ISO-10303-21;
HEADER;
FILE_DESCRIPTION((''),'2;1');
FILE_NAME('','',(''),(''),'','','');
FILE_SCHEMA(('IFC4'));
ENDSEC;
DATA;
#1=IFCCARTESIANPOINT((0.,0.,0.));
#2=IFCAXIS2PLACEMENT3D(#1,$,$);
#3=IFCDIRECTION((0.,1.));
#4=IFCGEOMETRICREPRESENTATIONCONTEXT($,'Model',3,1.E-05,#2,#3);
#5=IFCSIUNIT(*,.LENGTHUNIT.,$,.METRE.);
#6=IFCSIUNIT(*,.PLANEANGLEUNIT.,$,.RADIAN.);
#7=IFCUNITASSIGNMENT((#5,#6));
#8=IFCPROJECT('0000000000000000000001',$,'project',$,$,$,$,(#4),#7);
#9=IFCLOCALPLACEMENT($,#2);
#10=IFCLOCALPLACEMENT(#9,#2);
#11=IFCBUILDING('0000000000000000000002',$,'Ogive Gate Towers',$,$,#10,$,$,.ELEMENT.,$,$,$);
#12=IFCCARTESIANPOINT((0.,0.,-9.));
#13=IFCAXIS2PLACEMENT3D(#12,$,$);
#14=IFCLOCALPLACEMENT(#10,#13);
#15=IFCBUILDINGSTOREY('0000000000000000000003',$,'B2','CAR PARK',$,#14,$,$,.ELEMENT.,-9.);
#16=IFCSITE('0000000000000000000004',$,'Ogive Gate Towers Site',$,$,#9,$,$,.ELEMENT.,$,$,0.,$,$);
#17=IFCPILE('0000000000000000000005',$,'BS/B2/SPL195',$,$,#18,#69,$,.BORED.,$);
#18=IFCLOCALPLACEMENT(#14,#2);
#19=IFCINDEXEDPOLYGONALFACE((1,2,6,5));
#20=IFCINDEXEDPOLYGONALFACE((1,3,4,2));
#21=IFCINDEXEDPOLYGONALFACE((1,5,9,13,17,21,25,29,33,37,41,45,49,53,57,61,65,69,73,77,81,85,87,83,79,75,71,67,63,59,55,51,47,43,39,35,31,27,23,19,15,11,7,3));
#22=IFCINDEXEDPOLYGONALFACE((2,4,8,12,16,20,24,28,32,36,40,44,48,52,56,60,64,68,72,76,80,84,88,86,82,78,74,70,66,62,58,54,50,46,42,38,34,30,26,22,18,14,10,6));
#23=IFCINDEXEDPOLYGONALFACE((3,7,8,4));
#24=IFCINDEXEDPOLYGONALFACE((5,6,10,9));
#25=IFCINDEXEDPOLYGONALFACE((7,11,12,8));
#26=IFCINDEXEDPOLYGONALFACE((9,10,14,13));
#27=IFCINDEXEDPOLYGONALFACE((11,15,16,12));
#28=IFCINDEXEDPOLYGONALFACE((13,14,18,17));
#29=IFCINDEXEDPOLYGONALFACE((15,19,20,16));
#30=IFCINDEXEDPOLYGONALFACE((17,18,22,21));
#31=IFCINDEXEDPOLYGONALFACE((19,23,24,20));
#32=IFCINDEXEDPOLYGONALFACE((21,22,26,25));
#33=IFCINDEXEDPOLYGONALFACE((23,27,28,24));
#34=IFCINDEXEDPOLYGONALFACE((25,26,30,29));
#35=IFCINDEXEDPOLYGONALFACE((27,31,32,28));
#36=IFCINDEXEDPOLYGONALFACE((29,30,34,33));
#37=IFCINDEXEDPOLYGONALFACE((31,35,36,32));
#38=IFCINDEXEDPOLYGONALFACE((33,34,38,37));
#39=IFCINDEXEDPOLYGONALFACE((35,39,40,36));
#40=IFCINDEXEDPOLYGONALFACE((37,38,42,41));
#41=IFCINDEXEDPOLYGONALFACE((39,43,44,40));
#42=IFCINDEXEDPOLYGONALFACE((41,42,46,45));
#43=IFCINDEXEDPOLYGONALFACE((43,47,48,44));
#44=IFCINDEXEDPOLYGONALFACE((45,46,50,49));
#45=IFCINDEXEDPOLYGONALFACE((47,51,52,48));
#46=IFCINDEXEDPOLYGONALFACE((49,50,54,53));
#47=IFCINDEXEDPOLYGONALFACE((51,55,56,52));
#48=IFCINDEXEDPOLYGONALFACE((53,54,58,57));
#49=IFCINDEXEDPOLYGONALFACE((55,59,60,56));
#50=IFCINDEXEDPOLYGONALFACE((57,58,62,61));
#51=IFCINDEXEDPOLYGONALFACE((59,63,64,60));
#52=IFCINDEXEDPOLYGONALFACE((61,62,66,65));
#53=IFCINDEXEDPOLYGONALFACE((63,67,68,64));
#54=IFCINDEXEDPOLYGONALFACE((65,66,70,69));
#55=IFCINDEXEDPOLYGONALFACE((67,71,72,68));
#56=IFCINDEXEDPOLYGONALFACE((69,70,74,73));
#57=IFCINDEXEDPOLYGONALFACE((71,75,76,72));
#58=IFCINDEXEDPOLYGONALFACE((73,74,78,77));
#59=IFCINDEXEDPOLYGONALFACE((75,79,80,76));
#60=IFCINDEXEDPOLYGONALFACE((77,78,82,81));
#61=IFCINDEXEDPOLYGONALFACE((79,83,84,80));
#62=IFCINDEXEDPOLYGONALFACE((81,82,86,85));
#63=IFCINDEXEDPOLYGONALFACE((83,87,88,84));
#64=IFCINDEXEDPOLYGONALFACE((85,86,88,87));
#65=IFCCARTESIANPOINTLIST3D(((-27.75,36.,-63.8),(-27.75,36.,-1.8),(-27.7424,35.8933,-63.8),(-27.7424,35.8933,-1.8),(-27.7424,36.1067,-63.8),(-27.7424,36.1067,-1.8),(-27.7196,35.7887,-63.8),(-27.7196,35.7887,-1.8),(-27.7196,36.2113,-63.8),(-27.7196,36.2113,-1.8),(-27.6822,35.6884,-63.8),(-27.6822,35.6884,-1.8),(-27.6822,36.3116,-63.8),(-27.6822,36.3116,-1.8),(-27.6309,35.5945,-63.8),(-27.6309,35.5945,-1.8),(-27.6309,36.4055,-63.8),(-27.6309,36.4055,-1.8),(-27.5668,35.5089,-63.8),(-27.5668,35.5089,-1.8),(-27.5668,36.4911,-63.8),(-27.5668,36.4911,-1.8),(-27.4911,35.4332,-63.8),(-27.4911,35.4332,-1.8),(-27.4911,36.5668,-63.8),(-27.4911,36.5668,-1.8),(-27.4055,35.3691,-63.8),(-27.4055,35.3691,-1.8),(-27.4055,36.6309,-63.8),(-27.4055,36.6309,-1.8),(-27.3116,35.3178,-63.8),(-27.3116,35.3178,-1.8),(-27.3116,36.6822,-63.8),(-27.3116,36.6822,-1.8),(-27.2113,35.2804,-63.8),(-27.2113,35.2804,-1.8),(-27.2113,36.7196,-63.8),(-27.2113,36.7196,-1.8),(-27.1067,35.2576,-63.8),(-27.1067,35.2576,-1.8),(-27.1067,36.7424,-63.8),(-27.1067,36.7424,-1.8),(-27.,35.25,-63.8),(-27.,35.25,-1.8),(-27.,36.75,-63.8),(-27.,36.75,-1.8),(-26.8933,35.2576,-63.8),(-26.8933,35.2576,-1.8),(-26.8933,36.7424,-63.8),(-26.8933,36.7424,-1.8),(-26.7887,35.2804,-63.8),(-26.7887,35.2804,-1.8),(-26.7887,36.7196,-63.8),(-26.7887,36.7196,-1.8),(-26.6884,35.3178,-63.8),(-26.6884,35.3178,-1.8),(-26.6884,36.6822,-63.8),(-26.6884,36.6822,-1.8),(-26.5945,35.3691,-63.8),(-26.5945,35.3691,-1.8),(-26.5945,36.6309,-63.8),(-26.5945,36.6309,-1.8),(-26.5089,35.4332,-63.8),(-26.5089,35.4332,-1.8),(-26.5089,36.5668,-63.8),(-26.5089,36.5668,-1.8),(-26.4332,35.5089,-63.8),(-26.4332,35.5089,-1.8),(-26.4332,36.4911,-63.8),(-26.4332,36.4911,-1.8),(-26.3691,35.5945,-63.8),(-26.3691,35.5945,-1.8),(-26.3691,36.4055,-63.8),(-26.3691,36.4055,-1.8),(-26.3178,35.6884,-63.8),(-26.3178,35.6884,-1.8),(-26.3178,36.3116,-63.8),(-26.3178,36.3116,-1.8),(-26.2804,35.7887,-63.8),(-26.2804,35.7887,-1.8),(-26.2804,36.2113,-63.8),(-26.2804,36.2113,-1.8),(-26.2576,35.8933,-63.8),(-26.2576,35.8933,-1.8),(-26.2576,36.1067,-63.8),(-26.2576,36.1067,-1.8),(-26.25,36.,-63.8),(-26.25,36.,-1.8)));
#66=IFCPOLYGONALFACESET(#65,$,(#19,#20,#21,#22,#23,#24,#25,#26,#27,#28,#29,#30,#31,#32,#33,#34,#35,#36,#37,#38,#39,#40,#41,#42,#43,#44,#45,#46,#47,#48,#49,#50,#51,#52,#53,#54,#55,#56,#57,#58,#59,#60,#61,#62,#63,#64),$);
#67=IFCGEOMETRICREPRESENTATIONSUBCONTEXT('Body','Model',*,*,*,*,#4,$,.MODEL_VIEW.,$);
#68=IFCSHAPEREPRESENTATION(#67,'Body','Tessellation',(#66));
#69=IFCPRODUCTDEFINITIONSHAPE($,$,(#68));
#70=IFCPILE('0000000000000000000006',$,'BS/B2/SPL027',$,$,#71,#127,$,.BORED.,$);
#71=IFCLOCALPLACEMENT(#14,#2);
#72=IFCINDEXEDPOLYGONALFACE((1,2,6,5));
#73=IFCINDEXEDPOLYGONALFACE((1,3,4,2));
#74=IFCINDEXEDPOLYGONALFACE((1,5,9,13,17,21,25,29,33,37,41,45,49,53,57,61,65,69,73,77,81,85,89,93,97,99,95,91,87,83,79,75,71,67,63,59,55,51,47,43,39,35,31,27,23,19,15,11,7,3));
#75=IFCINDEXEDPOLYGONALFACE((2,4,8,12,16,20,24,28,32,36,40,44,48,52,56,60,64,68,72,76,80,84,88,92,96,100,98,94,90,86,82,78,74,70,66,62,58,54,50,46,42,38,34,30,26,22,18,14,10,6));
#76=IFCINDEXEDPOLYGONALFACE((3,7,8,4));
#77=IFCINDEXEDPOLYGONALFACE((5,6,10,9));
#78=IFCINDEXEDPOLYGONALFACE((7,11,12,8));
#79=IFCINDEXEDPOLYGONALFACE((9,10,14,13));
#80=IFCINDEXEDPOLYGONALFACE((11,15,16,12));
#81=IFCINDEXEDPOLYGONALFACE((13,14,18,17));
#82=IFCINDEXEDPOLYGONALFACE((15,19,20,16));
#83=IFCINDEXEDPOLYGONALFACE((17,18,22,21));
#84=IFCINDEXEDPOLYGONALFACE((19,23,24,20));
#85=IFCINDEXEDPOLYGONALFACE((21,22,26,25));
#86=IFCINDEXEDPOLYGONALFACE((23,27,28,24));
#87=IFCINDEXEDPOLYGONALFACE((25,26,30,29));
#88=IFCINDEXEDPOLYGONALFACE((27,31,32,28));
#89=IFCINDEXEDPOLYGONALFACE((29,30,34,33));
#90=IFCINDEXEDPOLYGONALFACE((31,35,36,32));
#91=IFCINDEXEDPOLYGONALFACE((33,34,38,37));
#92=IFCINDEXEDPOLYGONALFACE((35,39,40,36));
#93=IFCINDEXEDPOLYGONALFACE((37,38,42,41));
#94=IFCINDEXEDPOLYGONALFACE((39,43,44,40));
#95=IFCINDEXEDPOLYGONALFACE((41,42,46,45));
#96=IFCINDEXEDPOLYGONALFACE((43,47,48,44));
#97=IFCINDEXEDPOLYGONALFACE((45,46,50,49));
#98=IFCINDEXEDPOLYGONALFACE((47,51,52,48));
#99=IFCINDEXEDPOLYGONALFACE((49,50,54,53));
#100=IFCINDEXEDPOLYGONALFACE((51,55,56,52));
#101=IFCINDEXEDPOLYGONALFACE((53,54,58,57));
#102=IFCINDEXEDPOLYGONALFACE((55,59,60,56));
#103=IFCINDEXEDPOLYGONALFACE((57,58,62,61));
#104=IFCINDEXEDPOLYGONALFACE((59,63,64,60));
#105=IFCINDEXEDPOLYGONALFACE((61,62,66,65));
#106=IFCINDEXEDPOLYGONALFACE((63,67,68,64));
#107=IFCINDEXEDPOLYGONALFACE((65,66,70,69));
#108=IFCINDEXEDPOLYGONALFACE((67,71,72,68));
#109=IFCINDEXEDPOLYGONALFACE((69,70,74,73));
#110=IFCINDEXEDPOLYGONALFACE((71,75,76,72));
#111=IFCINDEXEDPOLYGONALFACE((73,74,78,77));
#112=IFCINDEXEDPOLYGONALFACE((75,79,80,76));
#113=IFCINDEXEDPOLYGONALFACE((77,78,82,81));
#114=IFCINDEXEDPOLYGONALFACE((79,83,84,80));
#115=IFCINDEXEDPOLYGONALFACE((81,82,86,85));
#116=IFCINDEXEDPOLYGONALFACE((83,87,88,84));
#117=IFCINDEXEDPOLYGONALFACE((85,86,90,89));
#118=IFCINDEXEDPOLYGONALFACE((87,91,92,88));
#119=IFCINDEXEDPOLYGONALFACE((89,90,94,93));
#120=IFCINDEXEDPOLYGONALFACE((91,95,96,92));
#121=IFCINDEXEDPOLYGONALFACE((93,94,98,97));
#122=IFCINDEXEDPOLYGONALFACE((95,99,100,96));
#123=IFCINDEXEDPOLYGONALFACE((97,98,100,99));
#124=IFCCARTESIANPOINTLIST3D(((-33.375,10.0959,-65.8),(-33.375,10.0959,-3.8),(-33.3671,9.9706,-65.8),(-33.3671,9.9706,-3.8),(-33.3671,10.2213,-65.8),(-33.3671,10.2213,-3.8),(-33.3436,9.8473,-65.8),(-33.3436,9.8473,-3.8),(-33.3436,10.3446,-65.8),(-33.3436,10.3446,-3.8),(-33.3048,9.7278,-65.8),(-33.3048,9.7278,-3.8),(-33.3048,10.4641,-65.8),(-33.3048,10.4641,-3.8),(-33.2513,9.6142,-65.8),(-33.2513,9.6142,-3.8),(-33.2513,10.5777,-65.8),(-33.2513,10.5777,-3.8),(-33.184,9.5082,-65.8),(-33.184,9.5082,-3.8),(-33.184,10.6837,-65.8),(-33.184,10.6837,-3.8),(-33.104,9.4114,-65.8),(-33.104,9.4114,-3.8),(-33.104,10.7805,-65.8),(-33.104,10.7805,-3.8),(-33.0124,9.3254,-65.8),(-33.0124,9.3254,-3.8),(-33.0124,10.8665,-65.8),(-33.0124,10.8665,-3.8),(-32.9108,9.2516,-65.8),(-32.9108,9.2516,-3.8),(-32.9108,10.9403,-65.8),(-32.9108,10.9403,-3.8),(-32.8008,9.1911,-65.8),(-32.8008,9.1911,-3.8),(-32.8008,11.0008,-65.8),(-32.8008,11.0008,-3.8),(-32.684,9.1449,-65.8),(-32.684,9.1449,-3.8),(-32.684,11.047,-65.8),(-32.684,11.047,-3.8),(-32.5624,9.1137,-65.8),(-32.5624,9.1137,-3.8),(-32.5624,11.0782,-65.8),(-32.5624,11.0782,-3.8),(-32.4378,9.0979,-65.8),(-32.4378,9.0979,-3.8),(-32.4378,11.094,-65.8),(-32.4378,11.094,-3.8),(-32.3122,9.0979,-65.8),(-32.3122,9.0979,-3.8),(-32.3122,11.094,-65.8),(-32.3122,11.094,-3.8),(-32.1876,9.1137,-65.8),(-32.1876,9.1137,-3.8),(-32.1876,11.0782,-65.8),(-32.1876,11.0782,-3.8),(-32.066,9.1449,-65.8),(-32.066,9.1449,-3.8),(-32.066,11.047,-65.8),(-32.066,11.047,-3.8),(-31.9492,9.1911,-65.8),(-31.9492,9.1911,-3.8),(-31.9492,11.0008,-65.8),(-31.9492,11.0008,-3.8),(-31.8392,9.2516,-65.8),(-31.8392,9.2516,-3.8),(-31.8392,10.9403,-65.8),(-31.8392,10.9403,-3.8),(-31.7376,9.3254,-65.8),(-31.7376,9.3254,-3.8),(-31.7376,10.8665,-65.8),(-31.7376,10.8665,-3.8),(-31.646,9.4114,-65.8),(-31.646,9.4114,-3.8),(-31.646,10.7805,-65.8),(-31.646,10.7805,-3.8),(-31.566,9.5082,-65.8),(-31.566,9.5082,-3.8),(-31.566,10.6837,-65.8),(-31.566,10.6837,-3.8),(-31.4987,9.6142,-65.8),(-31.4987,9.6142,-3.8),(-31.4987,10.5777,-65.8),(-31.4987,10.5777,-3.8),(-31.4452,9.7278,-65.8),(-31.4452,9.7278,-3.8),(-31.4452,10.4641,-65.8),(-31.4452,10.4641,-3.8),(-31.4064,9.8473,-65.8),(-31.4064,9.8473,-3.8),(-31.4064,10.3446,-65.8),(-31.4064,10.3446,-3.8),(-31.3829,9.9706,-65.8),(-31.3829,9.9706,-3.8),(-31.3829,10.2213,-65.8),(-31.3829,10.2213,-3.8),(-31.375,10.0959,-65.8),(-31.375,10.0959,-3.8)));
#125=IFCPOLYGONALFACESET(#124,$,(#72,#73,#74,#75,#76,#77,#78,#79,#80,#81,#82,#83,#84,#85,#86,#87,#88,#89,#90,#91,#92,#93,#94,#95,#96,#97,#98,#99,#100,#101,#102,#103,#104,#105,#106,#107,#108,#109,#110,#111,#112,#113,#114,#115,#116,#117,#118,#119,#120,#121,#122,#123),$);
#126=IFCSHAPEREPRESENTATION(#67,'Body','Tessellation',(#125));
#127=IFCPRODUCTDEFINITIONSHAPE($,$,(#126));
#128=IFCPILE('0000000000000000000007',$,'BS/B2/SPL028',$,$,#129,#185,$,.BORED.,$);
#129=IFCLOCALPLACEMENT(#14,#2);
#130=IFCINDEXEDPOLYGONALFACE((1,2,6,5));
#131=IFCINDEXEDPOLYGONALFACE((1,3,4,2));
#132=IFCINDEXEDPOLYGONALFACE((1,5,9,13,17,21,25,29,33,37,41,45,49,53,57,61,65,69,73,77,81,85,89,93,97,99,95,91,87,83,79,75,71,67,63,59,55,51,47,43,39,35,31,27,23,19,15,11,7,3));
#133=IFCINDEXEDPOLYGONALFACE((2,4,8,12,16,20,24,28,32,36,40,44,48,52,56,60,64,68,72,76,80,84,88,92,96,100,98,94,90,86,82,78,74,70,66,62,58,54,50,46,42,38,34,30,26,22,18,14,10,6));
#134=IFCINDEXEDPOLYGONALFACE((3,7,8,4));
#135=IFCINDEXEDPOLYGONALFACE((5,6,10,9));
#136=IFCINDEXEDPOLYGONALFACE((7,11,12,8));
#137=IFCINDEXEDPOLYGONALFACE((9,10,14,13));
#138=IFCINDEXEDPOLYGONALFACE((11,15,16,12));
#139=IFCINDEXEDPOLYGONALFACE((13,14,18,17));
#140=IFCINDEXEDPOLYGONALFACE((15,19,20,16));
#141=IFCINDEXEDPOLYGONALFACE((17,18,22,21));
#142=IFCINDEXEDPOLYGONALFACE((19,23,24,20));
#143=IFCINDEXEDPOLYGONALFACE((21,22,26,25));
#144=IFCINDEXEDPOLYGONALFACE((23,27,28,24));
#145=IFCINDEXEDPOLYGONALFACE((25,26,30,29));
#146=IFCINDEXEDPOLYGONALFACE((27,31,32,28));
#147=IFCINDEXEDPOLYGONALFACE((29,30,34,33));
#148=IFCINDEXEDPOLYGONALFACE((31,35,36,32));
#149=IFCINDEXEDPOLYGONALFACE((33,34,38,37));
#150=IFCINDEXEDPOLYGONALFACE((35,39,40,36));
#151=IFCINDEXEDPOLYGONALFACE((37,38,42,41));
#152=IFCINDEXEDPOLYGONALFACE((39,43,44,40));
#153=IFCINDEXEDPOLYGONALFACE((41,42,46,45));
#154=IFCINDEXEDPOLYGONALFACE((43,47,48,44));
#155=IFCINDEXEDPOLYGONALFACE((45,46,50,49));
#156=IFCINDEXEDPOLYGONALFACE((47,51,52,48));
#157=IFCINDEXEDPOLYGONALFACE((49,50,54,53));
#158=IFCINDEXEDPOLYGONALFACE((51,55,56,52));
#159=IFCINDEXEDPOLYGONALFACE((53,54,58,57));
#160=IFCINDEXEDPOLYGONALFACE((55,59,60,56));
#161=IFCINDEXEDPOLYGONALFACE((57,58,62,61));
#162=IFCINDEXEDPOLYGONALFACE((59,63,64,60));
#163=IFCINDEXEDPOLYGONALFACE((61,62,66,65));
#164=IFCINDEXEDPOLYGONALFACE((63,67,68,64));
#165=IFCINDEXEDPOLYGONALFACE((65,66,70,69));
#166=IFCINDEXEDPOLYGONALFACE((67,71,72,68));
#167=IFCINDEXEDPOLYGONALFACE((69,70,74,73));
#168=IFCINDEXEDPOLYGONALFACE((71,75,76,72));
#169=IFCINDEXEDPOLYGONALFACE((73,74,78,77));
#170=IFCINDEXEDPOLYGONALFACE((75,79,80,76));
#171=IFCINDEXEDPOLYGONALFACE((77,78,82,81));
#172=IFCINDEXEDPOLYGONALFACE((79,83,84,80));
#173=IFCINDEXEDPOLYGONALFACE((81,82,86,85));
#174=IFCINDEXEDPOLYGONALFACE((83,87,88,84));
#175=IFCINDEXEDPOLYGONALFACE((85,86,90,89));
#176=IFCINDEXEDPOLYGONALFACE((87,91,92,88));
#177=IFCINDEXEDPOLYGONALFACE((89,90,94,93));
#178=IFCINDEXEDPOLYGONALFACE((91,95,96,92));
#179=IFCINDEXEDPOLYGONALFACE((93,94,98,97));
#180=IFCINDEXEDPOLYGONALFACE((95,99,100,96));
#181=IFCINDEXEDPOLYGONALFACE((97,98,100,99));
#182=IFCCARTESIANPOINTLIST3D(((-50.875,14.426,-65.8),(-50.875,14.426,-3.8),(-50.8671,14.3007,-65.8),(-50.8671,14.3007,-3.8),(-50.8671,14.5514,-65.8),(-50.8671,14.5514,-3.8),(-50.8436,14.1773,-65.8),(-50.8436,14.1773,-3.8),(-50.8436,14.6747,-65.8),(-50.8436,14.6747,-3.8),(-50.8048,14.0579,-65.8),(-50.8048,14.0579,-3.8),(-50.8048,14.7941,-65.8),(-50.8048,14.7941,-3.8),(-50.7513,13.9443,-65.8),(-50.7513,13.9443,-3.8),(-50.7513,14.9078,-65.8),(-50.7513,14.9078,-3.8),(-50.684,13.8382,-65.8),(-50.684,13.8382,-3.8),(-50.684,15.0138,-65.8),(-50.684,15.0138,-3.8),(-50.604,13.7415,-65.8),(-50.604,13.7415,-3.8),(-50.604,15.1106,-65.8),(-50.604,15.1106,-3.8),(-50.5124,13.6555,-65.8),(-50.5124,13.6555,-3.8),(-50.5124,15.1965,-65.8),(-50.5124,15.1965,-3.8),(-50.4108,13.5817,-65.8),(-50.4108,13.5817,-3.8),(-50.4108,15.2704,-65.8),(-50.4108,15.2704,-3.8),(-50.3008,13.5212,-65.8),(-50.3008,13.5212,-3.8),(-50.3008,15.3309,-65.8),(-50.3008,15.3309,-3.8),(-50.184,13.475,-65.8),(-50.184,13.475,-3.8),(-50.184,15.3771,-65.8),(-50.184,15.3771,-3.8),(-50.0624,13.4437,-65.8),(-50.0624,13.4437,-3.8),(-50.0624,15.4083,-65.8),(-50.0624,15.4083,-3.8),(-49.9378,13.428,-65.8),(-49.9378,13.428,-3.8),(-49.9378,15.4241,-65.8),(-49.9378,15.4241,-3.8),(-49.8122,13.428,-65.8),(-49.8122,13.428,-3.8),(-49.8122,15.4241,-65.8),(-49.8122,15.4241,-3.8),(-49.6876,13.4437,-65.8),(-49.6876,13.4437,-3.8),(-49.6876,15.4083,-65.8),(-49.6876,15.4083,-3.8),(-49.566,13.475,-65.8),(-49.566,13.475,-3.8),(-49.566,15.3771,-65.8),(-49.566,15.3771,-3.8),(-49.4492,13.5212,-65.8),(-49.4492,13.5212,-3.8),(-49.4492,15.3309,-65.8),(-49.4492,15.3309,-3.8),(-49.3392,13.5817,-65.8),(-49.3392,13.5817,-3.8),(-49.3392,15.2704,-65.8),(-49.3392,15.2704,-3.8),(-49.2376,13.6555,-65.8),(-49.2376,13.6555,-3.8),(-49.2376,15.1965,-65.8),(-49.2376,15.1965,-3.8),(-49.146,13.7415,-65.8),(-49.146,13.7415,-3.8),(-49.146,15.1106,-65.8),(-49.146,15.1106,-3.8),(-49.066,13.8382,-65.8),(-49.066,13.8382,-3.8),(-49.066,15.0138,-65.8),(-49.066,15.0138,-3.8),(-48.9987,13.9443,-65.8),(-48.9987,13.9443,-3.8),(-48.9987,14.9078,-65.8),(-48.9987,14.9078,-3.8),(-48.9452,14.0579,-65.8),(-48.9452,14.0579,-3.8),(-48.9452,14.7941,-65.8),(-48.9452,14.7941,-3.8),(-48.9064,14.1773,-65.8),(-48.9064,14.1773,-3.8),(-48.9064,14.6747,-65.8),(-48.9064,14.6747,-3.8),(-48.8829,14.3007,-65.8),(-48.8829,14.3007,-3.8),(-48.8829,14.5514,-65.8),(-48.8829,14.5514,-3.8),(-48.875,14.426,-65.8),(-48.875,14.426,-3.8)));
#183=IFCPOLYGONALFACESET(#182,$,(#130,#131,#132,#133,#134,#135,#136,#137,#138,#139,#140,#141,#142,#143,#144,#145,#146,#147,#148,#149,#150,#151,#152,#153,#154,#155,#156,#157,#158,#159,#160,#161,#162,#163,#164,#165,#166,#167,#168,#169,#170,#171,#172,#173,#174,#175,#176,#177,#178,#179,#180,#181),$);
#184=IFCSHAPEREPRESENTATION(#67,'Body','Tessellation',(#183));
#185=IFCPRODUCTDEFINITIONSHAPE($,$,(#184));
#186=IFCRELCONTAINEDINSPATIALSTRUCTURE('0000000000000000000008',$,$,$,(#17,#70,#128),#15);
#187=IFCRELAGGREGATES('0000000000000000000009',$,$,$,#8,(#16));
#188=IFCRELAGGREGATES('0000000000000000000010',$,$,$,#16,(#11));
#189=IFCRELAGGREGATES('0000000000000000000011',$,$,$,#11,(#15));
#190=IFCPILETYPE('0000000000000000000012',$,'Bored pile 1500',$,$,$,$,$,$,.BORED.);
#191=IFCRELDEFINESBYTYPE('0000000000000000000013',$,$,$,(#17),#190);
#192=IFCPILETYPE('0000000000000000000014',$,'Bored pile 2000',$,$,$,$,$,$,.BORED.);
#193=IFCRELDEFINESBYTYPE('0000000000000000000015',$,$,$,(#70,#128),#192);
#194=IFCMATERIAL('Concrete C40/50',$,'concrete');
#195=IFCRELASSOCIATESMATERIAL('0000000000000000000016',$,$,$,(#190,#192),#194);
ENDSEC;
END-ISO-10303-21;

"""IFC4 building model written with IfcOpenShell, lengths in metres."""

from ifc_helpers import new_model, si_unit, direction, frame, origin, origin_2d, place, context, subcontext, project, spatial, circle, extrude, material, material_profile, profile_set, type_object, element, save


model = new_model("IFC4")

# Units and contexts
model_context = context("Model", 3, precision=1e-05, world=origin(), true_north=direction((0.0, 1.0)))
body_context = subcontext(model_context, "Body", "Model", "MODEL_VIEW")
ifc_project = project(units=[si_unit("LENGTHUNIT", "METRE"), si_unit("PLANEANGLEUNIT", "RADIAN")], contexts=[model_context])

# Site, building, storey
site_placement = place(None, origin())
site = spatial("IfcSite", under=ifc_project, at=site_placement, Name="Ogive Gate Towers Site", CompositionType="ELEMENT", RefElevation=0.0)
building_placement = place(site_placement, origin())
building = spatial("IfcBuilding", under=site, at=building_placement, Name="Ogive Gate Towers", CompositionType="ELEMENT")
storey_placement = place(building_placement, frame((0.0, 0.0, -9.0)))
storey = spatial("IfcBuildingStorey", under=building, at=storey_placement, Name="B2", Description="CAR PARK", CompositionType="ELEMENT", Elevation=-9.0)

# Piles
ifc_material_1 = material(Name="Concrete C40/50", Category="concrete")
ifc_material_profile_1 = material_profile(ifc_material_1, circle(Radius=0.75, at=origin_2d()), Name="BP 1500")
ifc_profile_set_1 = profile_set([ifc_material_profile_1], Name="Concrete C40/50")
pile_type_1 = type_object("IfcPileType", Name="Bored pile 1500", PredefinedType="BORED", material=ifc_profile_set_1)
for number, where, z_axis, x_axis, name in (
    (1, (-27.0, 36.0, -1.8), (0.0, 0.0, -1.0), (1.0, 0.0, 0.0), "BS/B2/SPL195"),
):
    element("IfcPile", number, at=place(storey_placement, frame(where, z_axis=z_axis, x_axis=x_axis)), inside=storey, type_object=pile_type_1, Name=name, PredefinedType="BORED", context=body_context, shape_type="SweptSolid", body=[
        extrude(circle(Radius=0.75, at=origin_2d()), origin(), (0.0, 0.0, 1.0), 62.0),
    ])
ifc_material_profile_2 = material_profile(ifc_material_1, circle(Radius=1.0, at=origin_2d()), Name="BP 2000")
ifc_profile_set_2 = profile_set([ifc_material_profile_2], Name="Concrete C40/50")
pile_type_2 = type_object("IfcPileType", Name="Bored pile 2000", PredefinedType="BORED", material=ifc_profile_set_2)
for number, where, z_axis, x_axis, name in (
    (2, (-32.375, 10.0959, -3.8), (0.0, 0.0, -1.0), (1.0, 0.0, 0.0), "BS/B2/SPL027"),
    (3, (-49.875, 14.426, -3.8), (0.0, 0.0, -1.0), (1.0, 0.0, 0.0), "BS/B2/SPL028"),
):
    element("IfcPile", number, at=place(storey_placement, frame(where, z_axis=z_axis, x_axis=x_axis)), inside=storey, type_object=pile_type_2, Name=name, PredefinedType="BORED", context=body_context, shape_type="SweptSolid", body=[
        extrude(circle(Radius=1.0, at=origin_2d()), origin(), (0.0, 0.0, 1.0), 62.0),
    ])

save(model, "model.ifc")
